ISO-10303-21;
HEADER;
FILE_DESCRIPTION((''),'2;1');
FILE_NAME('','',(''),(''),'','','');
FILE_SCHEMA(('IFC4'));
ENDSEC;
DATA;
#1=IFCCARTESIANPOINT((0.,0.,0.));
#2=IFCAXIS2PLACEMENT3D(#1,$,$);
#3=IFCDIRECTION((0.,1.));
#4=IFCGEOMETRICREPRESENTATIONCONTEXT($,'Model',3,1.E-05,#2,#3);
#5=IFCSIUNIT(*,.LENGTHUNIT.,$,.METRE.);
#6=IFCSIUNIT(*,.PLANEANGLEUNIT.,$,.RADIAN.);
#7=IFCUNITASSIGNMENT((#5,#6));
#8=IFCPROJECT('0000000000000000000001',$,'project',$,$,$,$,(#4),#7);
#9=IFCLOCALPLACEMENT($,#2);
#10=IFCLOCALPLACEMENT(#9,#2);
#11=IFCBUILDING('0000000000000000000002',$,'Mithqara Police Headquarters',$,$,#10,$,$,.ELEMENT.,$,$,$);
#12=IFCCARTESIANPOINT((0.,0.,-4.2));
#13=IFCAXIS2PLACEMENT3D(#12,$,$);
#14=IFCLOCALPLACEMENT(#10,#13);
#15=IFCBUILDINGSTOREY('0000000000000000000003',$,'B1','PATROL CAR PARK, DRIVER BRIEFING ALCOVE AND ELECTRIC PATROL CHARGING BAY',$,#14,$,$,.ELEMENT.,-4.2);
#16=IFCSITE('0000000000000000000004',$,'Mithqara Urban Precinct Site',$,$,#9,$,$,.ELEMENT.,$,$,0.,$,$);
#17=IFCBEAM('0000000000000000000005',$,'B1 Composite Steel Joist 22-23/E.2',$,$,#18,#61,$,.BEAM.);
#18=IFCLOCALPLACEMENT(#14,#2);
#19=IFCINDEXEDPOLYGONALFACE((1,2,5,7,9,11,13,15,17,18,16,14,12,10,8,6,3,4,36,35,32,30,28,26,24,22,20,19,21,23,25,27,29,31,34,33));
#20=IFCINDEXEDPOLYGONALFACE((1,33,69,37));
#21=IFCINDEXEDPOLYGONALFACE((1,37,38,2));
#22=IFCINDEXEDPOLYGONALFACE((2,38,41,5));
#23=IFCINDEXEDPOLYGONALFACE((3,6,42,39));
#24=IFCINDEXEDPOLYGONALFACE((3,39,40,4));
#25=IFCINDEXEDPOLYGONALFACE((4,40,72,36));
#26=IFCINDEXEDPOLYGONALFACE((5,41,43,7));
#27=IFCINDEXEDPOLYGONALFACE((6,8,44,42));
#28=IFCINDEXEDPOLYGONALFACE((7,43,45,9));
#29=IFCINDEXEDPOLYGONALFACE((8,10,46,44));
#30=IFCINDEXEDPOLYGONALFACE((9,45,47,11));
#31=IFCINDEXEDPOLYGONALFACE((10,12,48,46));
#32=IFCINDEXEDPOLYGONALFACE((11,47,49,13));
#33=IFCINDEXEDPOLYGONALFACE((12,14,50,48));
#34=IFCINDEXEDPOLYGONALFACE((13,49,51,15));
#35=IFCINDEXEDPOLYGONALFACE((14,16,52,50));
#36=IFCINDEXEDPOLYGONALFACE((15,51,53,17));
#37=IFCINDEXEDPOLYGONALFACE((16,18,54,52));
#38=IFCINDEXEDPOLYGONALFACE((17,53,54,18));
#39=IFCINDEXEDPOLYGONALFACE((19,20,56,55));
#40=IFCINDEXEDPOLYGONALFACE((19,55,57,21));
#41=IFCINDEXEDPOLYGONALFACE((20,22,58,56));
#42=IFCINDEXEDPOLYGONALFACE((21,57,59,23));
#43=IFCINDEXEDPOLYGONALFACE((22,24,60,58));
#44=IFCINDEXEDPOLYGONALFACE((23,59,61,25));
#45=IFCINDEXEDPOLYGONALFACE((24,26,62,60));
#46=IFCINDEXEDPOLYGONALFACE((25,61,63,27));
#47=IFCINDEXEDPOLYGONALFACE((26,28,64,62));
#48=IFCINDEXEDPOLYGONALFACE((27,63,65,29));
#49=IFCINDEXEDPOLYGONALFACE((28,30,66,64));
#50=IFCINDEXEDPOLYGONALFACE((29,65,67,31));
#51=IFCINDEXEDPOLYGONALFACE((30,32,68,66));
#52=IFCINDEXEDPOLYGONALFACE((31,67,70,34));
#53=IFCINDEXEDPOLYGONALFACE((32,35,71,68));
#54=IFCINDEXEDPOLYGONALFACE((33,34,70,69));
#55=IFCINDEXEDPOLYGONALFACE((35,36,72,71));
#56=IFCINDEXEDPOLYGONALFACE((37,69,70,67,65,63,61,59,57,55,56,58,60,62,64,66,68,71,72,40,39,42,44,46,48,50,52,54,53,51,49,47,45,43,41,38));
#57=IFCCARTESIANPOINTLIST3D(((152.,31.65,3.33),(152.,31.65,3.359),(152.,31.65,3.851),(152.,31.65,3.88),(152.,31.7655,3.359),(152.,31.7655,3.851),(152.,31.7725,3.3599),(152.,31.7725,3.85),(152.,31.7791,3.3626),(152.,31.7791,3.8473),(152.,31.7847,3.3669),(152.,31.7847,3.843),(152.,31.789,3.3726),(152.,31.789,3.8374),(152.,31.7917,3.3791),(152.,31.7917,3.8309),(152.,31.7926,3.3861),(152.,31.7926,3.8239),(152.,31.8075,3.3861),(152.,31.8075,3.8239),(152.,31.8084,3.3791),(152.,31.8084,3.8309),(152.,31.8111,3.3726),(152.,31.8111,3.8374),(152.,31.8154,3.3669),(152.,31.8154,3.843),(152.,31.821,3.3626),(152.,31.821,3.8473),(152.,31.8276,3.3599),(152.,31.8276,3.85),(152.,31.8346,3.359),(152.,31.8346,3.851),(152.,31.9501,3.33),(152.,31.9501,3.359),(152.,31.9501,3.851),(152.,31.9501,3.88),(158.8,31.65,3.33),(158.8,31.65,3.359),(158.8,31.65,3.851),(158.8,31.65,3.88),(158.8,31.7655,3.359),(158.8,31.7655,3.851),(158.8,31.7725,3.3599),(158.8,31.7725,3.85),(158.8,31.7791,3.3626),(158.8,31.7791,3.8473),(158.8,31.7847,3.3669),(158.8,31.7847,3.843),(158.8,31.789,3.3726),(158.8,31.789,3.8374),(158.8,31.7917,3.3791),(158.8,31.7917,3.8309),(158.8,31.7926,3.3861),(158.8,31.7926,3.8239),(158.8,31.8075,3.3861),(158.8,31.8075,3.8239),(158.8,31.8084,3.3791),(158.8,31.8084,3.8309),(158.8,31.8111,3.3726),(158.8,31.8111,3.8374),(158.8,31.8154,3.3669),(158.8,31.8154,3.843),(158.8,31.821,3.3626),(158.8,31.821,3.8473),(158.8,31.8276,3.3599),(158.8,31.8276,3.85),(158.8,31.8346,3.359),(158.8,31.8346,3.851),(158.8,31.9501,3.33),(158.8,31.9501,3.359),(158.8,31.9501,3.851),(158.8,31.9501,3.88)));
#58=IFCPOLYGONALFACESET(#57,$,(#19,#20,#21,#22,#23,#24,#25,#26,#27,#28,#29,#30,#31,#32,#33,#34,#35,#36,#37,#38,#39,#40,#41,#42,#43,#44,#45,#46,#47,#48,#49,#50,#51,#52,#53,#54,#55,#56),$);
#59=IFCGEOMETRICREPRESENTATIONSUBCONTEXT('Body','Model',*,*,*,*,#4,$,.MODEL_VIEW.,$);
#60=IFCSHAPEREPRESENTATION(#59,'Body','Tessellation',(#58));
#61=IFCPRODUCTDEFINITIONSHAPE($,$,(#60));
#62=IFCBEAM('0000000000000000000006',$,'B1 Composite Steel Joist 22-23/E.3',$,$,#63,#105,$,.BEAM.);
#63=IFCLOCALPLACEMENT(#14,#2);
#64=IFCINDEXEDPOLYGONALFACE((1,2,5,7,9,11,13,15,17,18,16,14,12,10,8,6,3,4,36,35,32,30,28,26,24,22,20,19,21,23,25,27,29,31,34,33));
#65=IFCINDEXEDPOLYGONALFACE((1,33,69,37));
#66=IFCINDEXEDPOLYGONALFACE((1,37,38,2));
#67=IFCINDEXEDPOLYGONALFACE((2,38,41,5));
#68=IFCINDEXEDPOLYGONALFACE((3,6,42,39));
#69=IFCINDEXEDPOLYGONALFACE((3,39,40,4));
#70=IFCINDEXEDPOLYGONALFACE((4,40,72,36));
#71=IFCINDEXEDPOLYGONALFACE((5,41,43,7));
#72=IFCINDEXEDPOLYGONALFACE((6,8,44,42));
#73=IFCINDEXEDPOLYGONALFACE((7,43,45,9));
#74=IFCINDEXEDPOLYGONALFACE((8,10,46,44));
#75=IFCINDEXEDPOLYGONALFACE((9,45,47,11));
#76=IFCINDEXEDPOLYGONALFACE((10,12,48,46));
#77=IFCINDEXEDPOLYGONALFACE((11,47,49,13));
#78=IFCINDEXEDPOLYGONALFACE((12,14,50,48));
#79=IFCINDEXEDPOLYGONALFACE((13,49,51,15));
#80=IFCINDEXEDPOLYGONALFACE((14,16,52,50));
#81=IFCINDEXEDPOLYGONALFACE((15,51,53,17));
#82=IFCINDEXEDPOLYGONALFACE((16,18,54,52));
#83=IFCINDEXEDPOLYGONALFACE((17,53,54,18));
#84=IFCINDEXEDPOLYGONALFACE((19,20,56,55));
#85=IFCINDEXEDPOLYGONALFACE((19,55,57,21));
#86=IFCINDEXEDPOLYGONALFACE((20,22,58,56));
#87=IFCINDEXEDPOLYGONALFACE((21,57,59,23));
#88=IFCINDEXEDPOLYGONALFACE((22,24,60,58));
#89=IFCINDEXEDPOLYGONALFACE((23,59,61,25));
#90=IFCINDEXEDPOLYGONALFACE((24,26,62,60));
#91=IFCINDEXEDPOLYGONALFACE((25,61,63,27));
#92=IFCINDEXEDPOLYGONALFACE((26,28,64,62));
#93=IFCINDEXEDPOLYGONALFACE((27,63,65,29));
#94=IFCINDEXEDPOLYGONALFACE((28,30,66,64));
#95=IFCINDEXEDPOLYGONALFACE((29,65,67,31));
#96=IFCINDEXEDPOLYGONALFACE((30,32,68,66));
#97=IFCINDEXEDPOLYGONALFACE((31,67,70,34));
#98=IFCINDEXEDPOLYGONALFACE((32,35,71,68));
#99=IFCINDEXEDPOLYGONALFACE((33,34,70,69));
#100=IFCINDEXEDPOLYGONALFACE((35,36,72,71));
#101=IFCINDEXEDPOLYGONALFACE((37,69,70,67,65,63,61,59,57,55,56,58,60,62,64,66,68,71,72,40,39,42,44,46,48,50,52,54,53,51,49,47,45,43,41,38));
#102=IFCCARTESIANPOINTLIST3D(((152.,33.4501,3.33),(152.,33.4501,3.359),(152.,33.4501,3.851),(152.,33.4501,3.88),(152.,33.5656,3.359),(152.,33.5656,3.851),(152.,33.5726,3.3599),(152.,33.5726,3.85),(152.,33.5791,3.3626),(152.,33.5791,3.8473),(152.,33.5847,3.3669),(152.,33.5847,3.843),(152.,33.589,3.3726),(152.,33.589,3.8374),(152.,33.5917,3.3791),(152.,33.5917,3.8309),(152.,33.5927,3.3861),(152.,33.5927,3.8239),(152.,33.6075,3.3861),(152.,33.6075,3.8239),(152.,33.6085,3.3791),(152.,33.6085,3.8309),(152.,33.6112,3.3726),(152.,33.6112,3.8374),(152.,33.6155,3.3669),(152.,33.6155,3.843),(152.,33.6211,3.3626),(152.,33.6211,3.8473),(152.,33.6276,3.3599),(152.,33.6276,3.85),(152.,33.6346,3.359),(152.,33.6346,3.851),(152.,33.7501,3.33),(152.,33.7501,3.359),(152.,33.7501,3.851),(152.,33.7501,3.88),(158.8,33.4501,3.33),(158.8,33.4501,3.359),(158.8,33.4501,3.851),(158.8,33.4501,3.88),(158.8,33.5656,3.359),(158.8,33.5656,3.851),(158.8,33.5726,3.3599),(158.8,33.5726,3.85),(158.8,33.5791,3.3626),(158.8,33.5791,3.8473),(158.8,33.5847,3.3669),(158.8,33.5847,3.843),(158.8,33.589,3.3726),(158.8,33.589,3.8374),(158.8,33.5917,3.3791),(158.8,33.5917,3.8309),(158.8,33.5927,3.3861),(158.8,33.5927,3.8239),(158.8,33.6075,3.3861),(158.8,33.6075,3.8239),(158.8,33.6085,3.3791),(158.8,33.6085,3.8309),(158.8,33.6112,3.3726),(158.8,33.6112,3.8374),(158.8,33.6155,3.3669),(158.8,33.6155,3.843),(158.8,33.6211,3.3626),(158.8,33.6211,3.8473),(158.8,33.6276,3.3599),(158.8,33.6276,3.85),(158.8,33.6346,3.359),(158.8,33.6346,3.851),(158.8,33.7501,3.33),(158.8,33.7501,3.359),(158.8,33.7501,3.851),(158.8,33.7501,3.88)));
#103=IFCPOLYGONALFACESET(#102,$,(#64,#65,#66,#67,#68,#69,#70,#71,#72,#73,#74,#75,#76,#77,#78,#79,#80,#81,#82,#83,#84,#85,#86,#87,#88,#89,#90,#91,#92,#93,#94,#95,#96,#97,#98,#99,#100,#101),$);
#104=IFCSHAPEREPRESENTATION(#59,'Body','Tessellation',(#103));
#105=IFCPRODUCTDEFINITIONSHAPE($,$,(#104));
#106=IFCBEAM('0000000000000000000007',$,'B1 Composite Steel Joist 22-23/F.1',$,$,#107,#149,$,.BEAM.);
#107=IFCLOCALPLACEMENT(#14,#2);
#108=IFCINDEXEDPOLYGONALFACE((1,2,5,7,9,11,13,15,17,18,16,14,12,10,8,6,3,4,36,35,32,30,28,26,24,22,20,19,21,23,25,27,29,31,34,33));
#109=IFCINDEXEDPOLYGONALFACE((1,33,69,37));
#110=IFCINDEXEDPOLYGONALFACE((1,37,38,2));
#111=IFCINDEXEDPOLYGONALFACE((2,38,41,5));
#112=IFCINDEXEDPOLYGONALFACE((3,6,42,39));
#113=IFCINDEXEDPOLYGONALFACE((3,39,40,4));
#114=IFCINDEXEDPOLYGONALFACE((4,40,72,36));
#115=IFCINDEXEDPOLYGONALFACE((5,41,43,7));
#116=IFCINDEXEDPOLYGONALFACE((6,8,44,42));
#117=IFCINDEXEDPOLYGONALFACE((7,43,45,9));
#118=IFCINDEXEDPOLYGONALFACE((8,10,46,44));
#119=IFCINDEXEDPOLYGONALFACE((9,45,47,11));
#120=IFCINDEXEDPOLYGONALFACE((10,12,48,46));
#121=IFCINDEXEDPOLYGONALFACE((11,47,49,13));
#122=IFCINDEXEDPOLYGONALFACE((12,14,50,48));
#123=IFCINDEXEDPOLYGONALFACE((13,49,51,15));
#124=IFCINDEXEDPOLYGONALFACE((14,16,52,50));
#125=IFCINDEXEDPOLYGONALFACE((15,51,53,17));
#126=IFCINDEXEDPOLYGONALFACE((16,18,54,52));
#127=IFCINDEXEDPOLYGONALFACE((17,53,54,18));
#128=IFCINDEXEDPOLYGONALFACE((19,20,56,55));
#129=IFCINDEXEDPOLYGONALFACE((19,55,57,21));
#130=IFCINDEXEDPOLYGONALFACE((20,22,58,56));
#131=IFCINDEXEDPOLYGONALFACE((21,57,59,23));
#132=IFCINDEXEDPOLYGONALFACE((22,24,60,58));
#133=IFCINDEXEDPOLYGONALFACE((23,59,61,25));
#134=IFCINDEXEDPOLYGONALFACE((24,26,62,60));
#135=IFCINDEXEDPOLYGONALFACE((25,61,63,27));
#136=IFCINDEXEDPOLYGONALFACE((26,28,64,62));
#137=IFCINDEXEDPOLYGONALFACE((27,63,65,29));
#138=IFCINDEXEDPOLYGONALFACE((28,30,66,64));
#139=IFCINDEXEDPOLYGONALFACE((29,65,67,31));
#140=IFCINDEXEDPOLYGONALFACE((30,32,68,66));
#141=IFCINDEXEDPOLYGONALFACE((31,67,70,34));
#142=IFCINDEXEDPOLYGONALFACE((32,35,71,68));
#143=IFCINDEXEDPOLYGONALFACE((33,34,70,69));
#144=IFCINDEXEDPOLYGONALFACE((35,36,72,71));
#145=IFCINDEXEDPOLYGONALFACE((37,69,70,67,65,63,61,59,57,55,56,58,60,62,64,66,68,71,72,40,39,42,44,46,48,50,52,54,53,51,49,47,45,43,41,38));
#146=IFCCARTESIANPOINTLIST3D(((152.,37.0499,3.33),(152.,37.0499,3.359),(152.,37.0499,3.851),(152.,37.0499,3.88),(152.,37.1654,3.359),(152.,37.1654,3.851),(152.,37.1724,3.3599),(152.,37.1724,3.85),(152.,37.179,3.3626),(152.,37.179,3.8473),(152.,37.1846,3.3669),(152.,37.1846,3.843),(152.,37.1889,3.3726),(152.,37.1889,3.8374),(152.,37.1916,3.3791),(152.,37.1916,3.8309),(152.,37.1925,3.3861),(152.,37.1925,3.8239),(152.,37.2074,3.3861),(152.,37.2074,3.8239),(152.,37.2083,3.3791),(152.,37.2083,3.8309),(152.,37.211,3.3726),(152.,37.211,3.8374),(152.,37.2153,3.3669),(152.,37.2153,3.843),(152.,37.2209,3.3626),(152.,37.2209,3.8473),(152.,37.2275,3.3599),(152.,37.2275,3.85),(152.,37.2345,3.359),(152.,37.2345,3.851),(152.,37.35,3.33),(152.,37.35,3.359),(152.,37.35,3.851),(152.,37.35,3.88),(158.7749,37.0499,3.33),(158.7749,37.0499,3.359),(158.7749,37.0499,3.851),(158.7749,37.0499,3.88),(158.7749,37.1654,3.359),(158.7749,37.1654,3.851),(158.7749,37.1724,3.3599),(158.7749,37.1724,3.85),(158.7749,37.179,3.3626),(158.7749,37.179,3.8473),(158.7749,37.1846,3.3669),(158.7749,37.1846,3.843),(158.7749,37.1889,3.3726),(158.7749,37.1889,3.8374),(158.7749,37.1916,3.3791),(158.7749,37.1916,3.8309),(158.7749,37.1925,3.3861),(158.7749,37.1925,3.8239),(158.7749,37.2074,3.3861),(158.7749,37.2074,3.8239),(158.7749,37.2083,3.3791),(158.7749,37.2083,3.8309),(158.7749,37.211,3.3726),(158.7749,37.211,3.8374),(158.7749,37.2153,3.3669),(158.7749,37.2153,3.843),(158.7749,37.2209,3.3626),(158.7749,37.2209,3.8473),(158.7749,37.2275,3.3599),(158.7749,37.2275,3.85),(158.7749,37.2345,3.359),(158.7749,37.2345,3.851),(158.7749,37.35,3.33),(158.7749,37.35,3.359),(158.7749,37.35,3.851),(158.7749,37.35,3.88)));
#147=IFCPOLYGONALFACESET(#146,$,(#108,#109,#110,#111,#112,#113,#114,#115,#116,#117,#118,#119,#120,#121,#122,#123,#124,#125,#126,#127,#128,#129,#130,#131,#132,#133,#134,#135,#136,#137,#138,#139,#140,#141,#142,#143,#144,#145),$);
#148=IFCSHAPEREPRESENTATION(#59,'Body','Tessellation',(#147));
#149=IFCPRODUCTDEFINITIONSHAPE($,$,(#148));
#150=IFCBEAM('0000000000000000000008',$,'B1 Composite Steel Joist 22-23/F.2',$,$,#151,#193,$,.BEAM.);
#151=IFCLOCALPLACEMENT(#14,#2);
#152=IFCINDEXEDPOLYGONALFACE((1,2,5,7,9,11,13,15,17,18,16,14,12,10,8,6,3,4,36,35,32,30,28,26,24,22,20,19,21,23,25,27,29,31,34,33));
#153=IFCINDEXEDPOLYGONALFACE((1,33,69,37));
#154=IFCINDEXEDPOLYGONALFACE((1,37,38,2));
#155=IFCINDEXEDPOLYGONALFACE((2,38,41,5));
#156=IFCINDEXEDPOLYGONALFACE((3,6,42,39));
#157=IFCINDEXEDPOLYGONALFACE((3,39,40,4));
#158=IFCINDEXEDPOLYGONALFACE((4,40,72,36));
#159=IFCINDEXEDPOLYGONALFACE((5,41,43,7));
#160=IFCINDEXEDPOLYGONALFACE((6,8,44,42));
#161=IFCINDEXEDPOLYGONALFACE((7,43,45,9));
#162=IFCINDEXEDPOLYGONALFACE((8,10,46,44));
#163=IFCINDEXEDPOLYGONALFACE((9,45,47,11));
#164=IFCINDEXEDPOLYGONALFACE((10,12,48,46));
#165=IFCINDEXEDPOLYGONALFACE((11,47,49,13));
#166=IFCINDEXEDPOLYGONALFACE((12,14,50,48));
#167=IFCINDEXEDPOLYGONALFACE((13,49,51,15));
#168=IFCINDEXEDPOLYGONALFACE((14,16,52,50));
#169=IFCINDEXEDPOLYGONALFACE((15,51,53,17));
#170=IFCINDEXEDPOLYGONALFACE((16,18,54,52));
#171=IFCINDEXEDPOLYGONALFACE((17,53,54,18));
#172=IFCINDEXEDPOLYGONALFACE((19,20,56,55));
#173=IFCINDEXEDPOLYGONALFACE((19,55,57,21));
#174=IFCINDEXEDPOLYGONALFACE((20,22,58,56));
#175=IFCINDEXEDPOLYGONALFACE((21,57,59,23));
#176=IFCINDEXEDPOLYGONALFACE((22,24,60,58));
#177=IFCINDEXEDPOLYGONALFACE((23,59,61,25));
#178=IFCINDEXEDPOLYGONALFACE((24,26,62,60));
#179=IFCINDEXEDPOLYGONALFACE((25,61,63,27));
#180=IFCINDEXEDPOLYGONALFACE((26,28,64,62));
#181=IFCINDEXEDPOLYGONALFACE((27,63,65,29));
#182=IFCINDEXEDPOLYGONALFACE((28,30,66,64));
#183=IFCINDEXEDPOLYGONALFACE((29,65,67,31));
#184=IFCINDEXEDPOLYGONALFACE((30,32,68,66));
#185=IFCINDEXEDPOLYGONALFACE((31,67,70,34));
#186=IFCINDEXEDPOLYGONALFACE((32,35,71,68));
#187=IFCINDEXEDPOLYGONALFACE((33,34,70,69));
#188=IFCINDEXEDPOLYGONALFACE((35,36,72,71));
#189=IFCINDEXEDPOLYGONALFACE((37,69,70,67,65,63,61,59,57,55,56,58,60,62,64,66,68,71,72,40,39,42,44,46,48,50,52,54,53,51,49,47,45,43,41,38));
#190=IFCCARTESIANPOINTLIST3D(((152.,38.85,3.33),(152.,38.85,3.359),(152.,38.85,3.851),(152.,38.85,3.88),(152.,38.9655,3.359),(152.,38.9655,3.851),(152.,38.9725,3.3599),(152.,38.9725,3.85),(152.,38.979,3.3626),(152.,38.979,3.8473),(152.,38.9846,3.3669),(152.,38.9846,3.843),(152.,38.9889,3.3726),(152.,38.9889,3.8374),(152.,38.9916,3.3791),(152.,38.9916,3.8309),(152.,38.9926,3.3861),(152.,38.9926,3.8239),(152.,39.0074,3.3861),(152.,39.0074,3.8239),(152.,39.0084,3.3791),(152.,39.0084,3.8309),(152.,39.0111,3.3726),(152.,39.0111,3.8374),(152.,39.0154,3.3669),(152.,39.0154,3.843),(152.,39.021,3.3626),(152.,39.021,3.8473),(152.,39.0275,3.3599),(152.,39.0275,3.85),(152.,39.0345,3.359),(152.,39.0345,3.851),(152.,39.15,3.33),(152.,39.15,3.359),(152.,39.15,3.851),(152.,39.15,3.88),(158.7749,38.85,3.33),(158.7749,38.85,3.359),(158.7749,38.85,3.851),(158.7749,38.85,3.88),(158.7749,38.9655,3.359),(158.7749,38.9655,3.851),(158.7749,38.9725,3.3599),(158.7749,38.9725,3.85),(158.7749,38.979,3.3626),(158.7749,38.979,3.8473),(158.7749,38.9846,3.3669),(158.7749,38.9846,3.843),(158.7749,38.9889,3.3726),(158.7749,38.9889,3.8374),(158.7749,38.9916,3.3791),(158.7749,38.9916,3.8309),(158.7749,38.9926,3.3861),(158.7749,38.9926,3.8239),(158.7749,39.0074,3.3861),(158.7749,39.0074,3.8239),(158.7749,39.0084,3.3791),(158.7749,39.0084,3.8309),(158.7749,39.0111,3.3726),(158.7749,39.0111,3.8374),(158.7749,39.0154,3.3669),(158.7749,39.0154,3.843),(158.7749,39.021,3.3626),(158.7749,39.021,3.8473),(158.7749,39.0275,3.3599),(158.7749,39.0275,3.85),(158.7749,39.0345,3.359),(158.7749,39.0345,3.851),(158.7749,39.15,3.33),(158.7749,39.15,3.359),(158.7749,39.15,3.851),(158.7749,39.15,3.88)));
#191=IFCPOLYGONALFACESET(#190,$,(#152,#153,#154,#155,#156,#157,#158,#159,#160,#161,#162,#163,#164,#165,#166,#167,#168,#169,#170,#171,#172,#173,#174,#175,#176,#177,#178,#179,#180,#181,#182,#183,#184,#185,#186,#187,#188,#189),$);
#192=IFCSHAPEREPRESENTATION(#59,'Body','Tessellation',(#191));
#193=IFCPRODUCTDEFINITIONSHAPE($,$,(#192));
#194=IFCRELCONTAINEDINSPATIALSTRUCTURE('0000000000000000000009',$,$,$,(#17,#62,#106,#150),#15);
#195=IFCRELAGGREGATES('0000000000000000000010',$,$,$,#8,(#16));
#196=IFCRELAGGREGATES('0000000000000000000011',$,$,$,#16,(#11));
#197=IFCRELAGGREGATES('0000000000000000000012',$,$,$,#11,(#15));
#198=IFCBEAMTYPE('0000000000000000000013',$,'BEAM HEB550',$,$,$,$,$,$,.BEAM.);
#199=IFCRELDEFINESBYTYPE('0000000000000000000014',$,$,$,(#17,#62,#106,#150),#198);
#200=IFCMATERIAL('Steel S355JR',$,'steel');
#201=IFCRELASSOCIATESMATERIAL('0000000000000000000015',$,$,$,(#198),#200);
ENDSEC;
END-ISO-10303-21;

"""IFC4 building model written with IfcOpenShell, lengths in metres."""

from ifc_helpers import new_model, si_unit, direction, frame, origin, origin_2d, place, context, subcontext, project, spatial, i_section, extrude, material, material_profile, profile_set, type_object, element, save


model = new_model("IFC4")

# Units and contexts
model_context = context("Model", 3, precision=1e-05, world=origin(), true_north=direction((0.0, 1.0)))
body_context = subcontext(model_context, "Body", "Model", "MODEL_VIEW")
ifc_project = project(units=[si_unit("LENGTHUNIT", "METRE"), si_unit("PLANEANGLEUNIT", "RADIAN")], contexts=[model_context])

# Site, building, storey
site_placement = place(None, origin())
site = spatial("IfcSite", under=ifc_project, at=site_placement, Name="Mithqara Urban Precinct Site", CompositionType="ELEMENT", RefElevation=0.0)
building_placement = place(site_placement, origin())
building = spatial("IfcBuilding", under=site, at=building_placement, Name="Mithqara Police Headquarters", CompositionType="ELEMENT")
storey_placement = place(building_placement, frame((0.0, 0.0, -4.2)))
storey = spatial("IfcBuildingStorey", under=building, at=storey_placement, Name="B1", Description="PATROL CAR PARK, DRIVER BRIEFING ALCOVE AND ELECTRIC PATROL CHARGING BAY", CompositionType="ELEMENT", Elevation=-4.2)

# Beams
ifc_material_1 = material(Name="Steel S355JR", Category="steel")
ifc_material_profile_1 = material_profile(ifc_material_1, i_section(OverallWidth=0.3, OverallDepth=0.55, WebThickness=0.0149, FlangeThickness=0.0291, FilletRadius=0.0271, at=origin_2d()), Name="HEB 550")
ifc_profile_set_1 = profile_set([ifc_material_profile_1], Name="Steel S355JR")
beam_type_1 = type_object("IfcBeamType", Name="BEAM HEB550", PredefinedType="BEAM", material=ifc_profile_set_1)
for number, where, z_axis, x_axis, name in (
    (1, (152.0, 31.8, 3.605), (1.0, 0.0, 0.0), (0.0, 1.0, 0.0), "B1 Composite Steel Joist 22-23/E.2"),
    (2, (152.0, 33.6001, 3.605), (1.0, 0.0, 0.0), (0.0, 1.0, 0.0), "B1 Composite Steel Joist 22-23/E.3"),
):
    element("IfcBeam", number, at=place(storey_placement, frame(where, z_axis=z_axis, x_axis=x_axis)), inside=storey, type_object=beam_type_1, Name=name, PredefinedType="BEAM", context=body_context, shape_type="SweptSolid", body=[
        extrude(i_section(OverallWidth=0.3, OverallDepth=0.55, WebThickness=0.0149, FlangeThickness=0.0291, FilletRadius=0.0271, at=origin_2d()), origin(), (0.0, 0.0, 1.0), 6.8),
    ])
for number, where, z_axis, x_axis, name in (
    (3, (152.0, 37.2, 3.605), (1.0, 0.0, 0.0), (0.0, 1.0, 0.0), "B1 Composite Steel Joist 22-23/F.1"),
    (4, (152.0, 39.0, 3.605), (1.0, 0.0, 0.0), (0.0, 1.0, 0.0), "B1 Composite Steel Joist 22-23/F.2"),
):
    element("IfcBeam", number, at=place(storey_placement, frame(where, z_axis=z_axis, x_axis=x_axis)), inside=storey, type_object=beam_type_1, Name=name, PredefinedType="BEAM", context=body_context, shape_type="SweptSolid", body=[
        extrude(i_section(OverallWidth=0.3, OverallDepth=0.55, WebThickness=0.0149, FlangeThickness=0.0291, FilletRadius=0.0271, at=origin_2d()), origin(), (0.0, 0.0, 1.0), 6.7749),
    ])

save(model, "model.ifc")
